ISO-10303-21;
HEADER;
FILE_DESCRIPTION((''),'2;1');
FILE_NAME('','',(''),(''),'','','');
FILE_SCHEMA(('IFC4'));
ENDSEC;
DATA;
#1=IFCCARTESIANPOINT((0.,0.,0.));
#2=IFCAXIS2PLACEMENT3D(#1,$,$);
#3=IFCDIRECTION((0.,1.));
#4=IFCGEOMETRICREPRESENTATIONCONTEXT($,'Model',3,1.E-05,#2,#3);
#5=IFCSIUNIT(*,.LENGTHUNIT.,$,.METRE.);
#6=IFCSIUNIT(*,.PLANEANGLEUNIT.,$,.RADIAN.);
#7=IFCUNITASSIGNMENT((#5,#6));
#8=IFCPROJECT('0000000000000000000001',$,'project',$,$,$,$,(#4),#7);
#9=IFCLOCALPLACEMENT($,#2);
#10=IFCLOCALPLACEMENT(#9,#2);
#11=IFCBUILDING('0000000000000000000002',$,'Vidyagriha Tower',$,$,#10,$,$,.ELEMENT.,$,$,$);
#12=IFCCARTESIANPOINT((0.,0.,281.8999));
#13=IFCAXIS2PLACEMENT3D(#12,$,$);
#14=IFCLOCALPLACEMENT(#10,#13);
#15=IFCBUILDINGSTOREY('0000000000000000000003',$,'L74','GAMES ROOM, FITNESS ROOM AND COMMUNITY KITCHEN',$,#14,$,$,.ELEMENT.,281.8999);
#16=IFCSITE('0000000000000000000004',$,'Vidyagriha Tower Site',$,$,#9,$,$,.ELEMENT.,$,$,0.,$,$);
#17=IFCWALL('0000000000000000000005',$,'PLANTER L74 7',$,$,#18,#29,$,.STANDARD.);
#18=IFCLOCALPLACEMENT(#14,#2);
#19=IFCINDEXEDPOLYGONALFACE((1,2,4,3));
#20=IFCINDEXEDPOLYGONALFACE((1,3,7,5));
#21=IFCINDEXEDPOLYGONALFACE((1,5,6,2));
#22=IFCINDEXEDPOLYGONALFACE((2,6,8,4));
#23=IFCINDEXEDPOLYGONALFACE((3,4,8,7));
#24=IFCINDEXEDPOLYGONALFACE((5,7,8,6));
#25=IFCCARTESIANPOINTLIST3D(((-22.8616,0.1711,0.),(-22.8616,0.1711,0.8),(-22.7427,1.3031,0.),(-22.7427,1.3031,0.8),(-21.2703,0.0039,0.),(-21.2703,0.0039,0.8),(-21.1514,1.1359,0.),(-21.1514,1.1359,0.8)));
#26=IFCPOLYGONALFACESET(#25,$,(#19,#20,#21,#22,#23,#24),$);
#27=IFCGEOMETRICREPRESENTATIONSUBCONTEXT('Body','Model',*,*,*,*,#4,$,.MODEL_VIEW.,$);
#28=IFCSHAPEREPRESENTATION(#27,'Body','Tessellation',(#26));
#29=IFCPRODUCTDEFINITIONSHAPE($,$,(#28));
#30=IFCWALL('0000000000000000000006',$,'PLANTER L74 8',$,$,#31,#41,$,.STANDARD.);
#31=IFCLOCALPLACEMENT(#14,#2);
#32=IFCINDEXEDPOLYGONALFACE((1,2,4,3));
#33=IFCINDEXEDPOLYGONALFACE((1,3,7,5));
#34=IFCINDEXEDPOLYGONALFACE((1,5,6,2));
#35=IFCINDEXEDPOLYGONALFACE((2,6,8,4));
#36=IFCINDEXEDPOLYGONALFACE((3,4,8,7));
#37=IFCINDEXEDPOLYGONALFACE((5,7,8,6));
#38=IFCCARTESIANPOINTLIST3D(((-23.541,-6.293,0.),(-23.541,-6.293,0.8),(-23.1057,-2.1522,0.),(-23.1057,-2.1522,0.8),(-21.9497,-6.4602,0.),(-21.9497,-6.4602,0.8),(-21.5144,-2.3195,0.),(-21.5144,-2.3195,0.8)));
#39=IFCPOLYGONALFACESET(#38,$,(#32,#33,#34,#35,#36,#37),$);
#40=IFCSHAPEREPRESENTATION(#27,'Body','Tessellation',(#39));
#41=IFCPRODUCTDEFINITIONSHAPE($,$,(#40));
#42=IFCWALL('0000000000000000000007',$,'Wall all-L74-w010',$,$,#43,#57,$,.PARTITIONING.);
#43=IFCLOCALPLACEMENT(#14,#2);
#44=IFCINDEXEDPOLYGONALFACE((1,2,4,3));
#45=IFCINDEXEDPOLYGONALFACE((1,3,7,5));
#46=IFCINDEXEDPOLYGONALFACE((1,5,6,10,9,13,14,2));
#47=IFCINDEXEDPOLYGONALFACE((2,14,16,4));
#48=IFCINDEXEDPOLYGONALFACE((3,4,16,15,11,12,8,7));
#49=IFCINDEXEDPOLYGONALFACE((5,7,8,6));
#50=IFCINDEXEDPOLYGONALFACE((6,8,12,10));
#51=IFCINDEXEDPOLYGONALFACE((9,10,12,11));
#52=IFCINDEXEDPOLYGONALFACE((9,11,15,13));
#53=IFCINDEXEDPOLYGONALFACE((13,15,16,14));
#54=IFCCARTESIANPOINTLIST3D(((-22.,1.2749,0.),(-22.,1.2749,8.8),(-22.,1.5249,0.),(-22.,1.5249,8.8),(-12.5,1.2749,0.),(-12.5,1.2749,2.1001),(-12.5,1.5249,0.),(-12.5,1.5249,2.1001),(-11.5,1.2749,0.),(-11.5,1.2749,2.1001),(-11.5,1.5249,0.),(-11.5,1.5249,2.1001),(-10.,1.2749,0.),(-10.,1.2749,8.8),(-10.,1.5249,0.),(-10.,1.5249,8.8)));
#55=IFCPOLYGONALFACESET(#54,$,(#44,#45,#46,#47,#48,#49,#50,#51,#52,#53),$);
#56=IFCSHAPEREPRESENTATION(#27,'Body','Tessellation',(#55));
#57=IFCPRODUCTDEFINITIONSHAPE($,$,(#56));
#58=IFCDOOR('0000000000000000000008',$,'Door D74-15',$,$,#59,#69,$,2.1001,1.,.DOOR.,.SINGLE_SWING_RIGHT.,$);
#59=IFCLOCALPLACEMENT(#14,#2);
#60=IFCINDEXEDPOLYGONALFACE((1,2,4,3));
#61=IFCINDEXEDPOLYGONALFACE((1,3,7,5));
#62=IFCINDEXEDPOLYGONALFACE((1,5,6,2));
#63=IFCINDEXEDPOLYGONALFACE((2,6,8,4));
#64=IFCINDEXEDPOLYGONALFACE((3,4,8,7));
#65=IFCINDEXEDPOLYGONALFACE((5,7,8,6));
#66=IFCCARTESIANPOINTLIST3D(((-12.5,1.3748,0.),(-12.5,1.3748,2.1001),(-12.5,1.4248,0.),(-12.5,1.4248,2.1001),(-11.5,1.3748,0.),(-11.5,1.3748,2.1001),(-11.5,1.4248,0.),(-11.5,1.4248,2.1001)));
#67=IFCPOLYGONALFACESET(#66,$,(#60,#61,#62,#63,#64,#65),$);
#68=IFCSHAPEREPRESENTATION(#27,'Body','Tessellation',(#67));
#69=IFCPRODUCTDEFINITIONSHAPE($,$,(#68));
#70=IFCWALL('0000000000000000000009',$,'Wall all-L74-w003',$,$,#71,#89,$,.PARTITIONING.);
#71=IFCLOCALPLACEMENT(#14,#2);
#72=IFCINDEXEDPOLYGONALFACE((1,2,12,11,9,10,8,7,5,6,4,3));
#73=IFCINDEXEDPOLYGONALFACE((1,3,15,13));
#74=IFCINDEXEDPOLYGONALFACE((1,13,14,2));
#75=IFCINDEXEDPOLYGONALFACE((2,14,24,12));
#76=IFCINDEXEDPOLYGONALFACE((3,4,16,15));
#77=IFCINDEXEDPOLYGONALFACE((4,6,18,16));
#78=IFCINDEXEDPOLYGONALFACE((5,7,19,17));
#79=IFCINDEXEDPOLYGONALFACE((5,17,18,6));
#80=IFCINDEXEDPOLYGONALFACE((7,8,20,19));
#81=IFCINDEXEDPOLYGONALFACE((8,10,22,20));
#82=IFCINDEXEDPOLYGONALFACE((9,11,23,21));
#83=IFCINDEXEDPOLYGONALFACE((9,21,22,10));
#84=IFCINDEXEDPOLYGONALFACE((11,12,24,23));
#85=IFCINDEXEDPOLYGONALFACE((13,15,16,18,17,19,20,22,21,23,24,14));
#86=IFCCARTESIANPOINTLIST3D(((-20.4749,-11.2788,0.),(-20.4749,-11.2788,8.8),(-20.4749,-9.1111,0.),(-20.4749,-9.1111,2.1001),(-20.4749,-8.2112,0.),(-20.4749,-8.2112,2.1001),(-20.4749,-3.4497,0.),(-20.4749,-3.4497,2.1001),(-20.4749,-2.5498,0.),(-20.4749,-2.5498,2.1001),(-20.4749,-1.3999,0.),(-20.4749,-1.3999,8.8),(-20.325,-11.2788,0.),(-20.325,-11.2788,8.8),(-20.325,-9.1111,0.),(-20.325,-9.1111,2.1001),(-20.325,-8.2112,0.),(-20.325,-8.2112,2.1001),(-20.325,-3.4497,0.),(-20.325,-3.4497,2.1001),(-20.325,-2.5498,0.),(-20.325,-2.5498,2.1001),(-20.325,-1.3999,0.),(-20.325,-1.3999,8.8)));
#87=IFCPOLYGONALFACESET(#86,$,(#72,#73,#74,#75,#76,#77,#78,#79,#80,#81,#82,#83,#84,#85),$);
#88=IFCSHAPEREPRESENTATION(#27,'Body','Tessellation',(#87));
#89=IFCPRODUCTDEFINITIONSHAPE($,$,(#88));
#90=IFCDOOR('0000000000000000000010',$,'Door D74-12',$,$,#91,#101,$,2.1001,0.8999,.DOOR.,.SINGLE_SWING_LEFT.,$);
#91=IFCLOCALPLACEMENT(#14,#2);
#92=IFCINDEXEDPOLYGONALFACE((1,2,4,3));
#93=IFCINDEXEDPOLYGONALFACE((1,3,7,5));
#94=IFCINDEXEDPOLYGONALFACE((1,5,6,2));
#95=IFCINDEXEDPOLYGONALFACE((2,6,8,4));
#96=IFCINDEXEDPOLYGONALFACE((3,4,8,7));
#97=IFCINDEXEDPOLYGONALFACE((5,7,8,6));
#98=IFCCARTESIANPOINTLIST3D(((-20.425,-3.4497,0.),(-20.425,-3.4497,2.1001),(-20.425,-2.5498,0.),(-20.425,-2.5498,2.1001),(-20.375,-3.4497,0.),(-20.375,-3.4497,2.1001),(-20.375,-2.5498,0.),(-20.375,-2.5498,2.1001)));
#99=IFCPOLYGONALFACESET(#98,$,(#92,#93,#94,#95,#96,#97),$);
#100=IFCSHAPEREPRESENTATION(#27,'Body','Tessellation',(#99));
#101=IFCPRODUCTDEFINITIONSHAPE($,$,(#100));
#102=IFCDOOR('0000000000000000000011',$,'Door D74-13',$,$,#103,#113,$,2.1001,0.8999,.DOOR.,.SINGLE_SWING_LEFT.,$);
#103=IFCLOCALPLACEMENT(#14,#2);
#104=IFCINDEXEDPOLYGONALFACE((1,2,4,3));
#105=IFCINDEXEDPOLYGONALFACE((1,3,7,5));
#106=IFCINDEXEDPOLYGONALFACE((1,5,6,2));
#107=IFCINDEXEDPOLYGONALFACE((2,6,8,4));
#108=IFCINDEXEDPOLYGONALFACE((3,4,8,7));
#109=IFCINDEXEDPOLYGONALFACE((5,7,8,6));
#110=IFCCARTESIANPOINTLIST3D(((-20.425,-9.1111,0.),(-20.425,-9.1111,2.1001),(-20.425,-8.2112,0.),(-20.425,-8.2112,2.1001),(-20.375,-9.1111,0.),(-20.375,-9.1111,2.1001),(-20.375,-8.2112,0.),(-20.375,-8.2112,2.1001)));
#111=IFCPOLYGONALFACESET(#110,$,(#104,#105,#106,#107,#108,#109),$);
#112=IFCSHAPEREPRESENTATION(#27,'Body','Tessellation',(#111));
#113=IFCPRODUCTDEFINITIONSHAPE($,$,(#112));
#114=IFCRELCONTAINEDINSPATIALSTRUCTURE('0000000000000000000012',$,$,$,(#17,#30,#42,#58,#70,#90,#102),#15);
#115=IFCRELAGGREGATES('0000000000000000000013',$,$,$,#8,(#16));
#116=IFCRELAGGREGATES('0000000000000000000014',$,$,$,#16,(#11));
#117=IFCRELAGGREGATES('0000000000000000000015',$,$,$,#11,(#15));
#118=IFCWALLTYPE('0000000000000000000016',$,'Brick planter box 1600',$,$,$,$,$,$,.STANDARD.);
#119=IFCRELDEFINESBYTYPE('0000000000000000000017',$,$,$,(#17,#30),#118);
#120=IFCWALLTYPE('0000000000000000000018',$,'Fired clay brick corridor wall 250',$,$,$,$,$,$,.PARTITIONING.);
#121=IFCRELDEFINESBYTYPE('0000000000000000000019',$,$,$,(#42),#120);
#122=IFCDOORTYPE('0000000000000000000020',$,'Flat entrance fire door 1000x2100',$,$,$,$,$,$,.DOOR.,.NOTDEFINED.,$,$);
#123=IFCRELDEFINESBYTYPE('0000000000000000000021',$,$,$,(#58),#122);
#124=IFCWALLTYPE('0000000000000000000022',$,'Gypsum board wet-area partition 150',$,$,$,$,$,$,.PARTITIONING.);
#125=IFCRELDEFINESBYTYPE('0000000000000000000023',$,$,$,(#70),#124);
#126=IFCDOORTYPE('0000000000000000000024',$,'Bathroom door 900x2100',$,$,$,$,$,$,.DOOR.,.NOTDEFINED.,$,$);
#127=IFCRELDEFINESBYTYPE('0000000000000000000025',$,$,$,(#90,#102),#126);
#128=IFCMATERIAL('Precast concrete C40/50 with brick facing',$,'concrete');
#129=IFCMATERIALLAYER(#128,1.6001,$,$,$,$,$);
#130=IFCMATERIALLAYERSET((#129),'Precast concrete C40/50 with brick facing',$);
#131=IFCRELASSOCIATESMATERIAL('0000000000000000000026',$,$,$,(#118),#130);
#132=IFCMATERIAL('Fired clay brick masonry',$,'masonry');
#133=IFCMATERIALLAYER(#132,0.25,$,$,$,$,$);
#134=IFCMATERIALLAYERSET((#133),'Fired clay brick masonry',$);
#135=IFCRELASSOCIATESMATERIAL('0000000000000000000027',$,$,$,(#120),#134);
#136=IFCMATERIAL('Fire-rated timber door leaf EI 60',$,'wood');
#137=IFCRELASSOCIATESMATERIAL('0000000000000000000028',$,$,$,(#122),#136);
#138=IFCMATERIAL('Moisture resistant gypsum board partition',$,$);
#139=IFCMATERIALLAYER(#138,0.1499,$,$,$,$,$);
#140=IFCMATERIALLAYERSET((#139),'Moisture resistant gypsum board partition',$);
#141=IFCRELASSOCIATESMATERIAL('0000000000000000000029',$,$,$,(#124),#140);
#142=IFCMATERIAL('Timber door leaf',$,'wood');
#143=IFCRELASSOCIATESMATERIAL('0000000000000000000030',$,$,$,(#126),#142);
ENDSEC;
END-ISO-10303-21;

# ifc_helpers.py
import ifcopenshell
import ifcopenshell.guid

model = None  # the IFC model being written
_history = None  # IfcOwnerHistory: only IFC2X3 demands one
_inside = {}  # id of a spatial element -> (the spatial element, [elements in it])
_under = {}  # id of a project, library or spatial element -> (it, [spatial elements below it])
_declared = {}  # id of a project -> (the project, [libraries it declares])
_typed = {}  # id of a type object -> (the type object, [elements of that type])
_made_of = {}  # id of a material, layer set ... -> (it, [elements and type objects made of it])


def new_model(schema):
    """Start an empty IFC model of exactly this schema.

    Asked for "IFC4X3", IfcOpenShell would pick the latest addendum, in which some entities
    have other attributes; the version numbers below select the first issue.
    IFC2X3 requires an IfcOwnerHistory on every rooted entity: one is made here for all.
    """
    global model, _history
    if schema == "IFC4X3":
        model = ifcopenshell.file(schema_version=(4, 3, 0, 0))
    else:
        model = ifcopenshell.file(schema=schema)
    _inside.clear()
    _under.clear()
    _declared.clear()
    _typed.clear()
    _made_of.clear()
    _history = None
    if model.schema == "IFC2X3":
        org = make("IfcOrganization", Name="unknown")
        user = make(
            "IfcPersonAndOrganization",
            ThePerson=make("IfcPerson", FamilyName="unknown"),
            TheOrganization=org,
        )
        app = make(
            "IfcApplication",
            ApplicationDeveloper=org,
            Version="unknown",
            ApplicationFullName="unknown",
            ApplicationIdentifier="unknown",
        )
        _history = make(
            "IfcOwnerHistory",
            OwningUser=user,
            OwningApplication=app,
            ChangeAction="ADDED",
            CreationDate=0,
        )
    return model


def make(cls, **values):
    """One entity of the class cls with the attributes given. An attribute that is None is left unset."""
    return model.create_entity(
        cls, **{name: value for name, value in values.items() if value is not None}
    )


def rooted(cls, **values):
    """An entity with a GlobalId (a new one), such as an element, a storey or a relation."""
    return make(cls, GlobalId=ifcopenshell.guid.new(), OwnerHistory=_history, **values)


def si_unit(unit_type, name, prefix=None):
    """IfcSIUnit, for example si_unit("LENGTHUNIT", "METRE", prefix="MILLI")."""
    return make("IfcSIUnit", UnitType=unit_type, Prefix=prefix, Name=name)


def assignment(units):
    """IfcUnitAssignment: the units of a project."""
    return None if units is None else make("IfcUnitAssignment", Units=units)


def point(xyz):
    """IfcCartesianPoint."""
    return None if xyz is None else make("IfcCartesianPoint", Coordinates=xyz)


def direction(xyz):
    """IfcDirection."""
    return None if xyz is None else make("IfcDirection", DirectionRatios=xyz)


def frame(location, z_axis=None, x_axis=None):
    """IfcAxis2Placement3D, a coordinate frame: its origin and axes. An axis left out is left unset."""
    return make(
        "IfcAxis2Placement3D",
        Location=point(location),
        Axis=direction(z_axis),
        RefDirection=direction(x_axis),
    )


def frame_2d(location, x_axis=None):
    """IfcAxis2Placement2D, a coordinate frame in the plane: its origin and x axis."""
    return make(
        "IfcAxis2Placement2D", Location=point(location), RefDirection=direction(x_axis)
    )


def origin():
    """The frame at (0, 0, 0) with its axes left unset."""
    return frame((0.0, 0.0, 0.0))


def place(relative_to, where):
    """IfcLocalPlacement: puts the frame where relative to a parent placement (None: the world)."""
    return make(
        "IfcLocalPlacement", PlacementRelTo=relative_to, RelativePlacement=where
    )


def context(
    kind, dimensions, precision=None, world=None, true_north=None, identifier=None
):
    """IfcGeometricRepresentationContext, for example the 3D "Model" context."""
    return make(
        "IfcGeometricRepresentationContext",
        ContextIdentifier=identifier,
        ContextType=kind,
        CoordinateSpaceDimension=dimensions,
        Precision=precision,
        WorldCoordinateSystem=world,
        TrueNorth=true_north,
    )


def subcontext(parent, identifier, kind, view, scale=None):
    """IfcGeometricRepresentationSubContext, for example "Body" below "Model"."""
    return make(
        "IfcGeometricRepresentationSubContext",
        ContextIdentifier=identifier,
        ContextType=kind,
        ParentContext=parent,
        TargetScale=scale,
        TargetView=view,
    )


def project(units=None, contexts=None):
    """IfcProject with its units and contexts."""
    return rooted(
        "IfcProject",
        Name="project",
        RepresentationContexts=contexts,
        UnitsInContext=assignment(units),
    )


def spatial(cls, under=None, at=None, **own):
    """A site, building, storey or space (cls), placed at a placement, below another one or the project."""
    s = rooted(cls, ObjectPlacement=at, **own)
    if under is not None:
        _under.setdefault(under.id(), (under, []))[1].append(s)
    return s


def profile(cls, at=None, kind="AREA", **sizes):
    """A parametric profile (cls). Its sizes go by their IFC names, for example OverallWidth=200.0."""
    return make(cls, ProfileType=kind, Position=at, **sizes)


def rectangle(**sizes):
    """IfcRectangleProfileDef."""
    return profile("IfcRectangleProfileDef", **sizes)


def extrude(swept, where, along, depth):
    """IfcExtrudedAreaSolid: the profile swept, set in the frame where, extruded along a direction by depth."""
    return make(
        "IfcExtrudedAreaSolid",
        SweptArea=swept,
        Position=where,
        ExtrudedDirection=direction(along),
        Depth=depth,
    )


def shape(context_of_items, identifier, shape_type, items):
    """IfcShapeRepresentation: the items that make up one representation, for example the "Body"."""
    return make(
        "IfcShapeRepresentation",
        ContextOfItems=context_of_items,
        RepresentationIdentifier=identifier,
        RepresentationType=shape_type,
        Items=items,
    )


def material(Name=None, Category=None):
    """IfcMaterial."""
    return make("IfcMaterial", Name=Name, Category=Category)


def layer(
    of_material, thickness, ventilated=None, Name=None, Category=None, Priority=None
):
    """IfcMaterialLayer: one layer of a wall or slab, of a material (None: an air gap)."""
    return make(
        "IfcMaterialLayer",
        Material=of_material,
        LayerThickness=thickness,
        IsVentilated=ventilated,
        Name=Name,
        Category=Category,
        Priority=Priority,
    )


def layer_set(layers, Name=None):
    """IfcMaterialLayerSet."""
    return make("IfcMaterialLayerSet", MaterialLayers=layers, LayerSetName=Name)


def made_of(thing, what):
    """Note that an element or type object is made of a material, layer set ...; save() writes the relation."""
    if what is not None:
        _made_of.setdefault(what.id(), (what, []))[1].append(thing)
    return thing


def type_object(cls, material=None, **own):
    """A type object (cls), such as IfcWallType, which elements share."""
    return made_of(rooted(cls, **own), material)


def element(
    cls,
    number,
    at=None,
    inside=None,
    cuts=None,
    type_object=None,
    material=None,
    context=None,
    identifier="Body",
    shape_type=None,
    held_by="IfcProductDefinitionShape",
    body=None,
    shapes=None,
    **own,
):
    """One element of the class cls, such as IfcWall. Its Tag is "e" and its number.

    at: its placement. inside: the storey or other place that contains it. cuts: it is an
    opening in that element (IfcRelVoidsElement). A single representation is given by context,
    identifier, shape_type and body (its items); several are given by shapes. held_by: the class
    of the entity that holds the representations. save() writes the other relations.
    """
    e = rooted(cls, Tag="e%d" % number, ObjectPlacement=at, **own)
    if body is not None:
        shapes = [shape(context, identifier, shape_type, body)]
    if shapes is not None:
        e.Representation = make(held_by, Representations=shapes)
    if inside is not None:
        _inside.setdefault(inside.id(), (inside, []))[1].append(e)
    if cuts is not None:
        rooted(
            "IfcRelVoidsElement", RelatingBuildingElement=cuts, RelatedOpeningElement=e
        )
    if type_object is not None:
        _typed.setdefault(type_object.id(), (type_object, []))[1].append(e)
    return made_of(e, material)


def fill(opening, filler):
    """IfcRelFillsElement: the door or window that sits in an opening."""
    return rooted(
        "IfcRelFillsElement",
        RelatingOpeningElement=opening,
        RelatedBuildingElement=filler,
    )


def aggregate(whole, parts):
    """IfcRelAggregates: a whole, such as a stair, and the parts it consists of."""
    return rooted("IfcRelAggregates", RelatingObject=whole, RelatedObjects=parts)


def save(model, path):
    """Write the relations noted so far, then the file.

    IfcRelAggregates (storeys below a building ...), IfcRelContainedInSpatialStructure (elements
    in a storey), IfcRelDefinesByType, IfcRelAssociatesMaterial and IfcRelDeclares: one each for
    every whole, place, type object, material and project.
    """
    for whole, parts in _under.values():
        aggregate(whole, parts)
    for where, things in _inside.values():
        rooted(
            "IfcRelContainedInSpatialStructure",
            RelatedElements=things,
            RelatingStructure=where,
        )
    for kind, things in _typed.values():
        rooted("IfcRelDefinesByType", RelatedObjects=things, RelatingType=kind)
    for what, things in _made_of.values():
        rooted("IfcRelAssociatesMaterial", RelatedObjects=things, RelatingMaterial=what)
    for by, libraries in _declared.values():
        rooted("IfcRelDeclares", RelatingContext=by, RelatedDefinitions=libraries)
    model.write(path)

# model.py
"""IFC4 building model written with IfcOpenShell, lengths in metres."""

from ifc_helpers import new_model, si_unit, direction, frame, frame_2d, origin, place, context, subcontext, project, spatial, rectangle, extrude, material, layer, layer_set, type_object, element, fill, save


model = new_model("IFC4")

# Units and contexts
model_context = context("Model", 3, precision=1e-05, world=origin(), true_north=direction((0.0, 1.0)))
body_context = subcontext(model_context, "Body", "Model", "MODEL_VIEW")
ifc_project = project(units=[si_unit("LENGTHUNIT", "METRE"), si_unit("PLANEANGLEUNIT", "RADIAN")], contexts=[model_context])

# Site, building, storey
site_placement = place(None, origin())
site = spatial("IfcSite", under=ifc_project, at=site_placement, Name="Vidyagriha Tower Site", CompositionType="ELEMENT", RefElevation=0.0)
building_placement = place(site_placement, origin())
building = spatial("IfcBuilding", under=site, at=building_placement, Name="Vidyagriha Tower", CompositionType="ELEMENT")
storey_placement = place(building_placement, frame((0.0, 0.0, 281.8999)))
storey = spatial("IfcBuildingStorey", under=building, at=storey_placement, Name="L74", Description="GAMES ROOM, FITNESS ROOM AND COMMUNITY KITCHEN", CompositionType="ELEMENT", Elevation=281.8999)

# Walls
ifc_material_1 = material(Name="Precast concrete C40/50 with brick facing", Category="concrete")
ifc_layer_1 = layer(ifc_material_1, 1.6001)
ifc_layer_set_1 = layer_set([ifc_layer_1], Name="Precast concrete C40/50 with brick facing")
wall_type_1 = type_object("IfcWallType", Name="Brick planter box 1600", PredefinedType="STANDARD", material=ifc_layer_set_1)
wall_1_placement = place(storey_placement, frame((-21.947, 1.2195, 0.0), z_axis=(0.0, 0.0, 1.0), x_axis=(-0.104473, -0.994528, 0.0)))
element("IfcWall", 1, at=wall_1_placement, inside=storey, type_object=wall_type_1, Name="PLANTER L74 7", PredefinedType="STANDARD", context=body_context, shape_type="SweptSolid", body=[
    extrude(rectangle(XDim=1.1382, YDim=1.6001, at=frame_2d((0.5691, 0.0))), origin(), (0.0, 0.0, 1.0), 0.8),
])
wall_2_placement = place(storey_placement, frame((-22.3101, -2.2358, 0.0), z_axis=(0.0, 0.0, 1.0), x_axis=(-0.104547, -0.99452, 0.0)))
element("IfcWall", 2, at=wall_2_placement, inside=storey, type_object=wall_type_1, Name="PLANTER L74 8", PredefinedType="STANDARD", context=body_context, shape_type="SweptSolid", body=[
    extrude(rectangle(XDim=4.1636, YDim=1.6001, at=frame_2d((2.0818, 0.0))), origin(), (0.0, 0.0, 1.0), 0.8),
])

# Wall, opening, door
ifc_material_2 = material(Name="Fired clay brick masonry", Category="masonry")
ifc_layer_2 = layer(ifc_material_2, 0.25)
ifc_layer_set_2 = layer_set([ifc_layer_2], Name="Fired clay brick masonry")
wall_type_2 = type_object("IfcWallType", Name="Fired clay brick corridor wall 250", PredefinedType="PARTITIONING", material=ifc_layer_set_2)
wall_3_placement = place(storey_placement, frame((-22.0, 1.3999, 0.0)))
wall_3 = element("IfcWall", 3, at=wall_3_placement, inside=storey, type_object=wall_type_2, Name="Wall all-L74-w010", PredefinedType="PARTITIONING", context=body_context, shape_type="SweptSolid", body=[
    extrude(rectangle(XDim=12.0, YDim=0.25, at=frame_2d((6.0, 0.0))), origin(), (0.0, 0.0, 1.0), 8.8),
])
opening_1_placement = place(wall_3_placement, frame((9.5, 0.0, 0.0)))
opening_1 = element("IfcOpeningElement", 4, at=opening_1_placement, cuts=wall_3, PredefinedType="OPENING", context=body_context, shape_type="SweptSolid", body=[
    extrude(rectangle(XDim=1.0, YDim=2.1001, at=frame_2d((0.5, 1.05))), frame((0.0, 0.135, 0.0), z_axis=(0.0, -1.0, 0.0), x_axis=(1.0, 0.0, 0.0)), (0.0, 0.0, 1.0), 0.27),
])
ifc_material_3 = material(Name="Fire-rated timber door leaf EI 60", Category="wood")
door_type_1 = type_object("IfcDoorType", Name="Flat entrance fire door 1000x2100", OperationType="NOTDEFINED", PredefinedType="DOOR", material=ifc_material_3)
door_1_placement = place(opening_1_placement, origin())
door_1 = element("IfcDoor", 5, at=door_1_placement, inside=storey, type_object=door_type_1, Name="Door D74-15", OperationType="SINGLE_SWING_RIGHT", OverallHeight=2.1001, OverallWidth=1.0, PredefinedType="DOOR", context=body_context, shape_type="SweptSolid", body=[
    extrude(rectangle(XDim=1.0, YDim=2.1001, at=frame_2d((0.5, 1.05))), frame((0.0, 0.0249, 0.0), z_axis=(0.0, -1.0, 0.0), x_axis=(1.0, 0.0, 0.0)), (0.0, 0.0, 1.0), 0.05),
])
fill(opening_1, door_1)

# Wall, openings, doors
ifc_material_4 = material(Name="Moisture resistant gypsum board partition")
ifc_layer_3 = layer(ifc_material_4, 0.1499)
ifc_layer_set_3 = layer_set([ifc_layer_3], Name="Moisture resistant gypsum board partition")
wall_type_3 = type_object("IfcWallType", Name="Gypsum board wet-area partition 150", PredefinedType="PARTITIONING", material=ifc_layer_set_3)
wall_4_placement = place(storey_placement, frame((-20.3999, -1.3999, 0.0), z_axis=(0.0, 0.0, 1.0), x_axis=(0.0, -1.0, 0.0)))
wall_4 = element("IfcWall", 6, at=wall_4_placement, inside=storey, type_object=wall_type_3, Name="Wall all-L74-w003", PredefinedType="PARTITIONING", context=body_context, shape_type="SweptSolid", body=[
    extrude(rectangle(XDim=9.8789, YDim=0.1499, at=frame_2d((4.9395, 0.0))), origin(), (0.0, 0.0, 1.0), 8.8),
])
opening_2_placement = place(wall_4_placement, frame((1.1499, 0.0, 0.0)))
opening_2 = element("IfcOpeningElement", 7, at=opening_2_placement, cuts=wall_4, PredefinedType="OPENING", context=body_context, shape_type="SweptSolid", body=[
    extrude(rectangle(XDim=0.8999, YDim=2.1001, at=frame_2d((0.45, 1.05))), frame((0.0, 0.085, 0.0), z_axis=(0.0, -1.0, 0.0), x_axis=(1.0, 0.0, 0.0)), (0.0, 0.0, 1.0), 0.1699),
])
opening_3_placement = place(wall_4_placement, frame((6.8113, 0.0, 0.0)))
opening_3 = element("IfcOpeningElement", 8, at=opening_3_placement, cuts=wall_4, PredefinedType="OPENING", context=body_context, shape_type="SweptSolid", body=[
    extrude(rectangle(XDim=0.8999, YDim=2.1001, at=frame_2d((0.45, 1.05))), frame((0.0, 0.085, 0.0), z_axis=(0.0, -1.0, 0.0), x_axis=(1.0, 0.0, 0.0)), (0.0, 0.0, 1.0), 0.1699),
])
ifc_material_5 = material(Name="Timber door leaf", Category="wood")
door_type_2 = type_object("IfcDoorType", Name="Bathroom door 900x2100", OperationType="NOTDEFINED", PredefinedType="DOOR", material=ifc_material_5)
door_2_placement = place(opening_2_placement, origin())
door_2 = element("IfcDoor", 9, at=door_2_placement, inside=storey, type_object=door_type_2, Name="Door D74-12", OperationType="SINGLE_SWING_LEFT", OverallHeight=2.1001, OverallWidth=0.8999, PredefinedType="DOOR", context=body_context, shape_type="SweptSolid", body=[
    extrude(rectangle(XDim=0.8999, YDim=2.1001, at=frame_2d((0.45, 1.05))), frame((0.0, 0.0249, 0.0), z_axis=(0.0, -1.0, 0.0), x_axis=(1.0, 0.0, 0.0)), (0.0, 0.0, 1.0), 0.05),
])
fill(opening_2, door_2)
door_3_placement = place(opening_3_placement, origin())
door_3 = element("IfcDoor", 10, at=door_3_placement, inside=storey, type_object=door_type_2, Name="Door D74-13", OperationType="SINGLE_SWING_LEFT", OverallHeight=2.1001, OverallWidth=0.8999, PredefinedType="DOOR", context=body_context, shape_type="SweptSolid", body=[
    extrude(rectangle(XDim=0.8999, YDim=2.1001, at=frame_2d((0.45, 1.05))), frame((0.0, 0.0249, 0.0), z_axis=(0.0, -1.0, 0.0), x_axis=(1.0, 0.0, 0.0)), (0.0, 0.0, 1.0), 0.05),
])
fill(opening_3, door_3)

save(model, "model.ifc")
